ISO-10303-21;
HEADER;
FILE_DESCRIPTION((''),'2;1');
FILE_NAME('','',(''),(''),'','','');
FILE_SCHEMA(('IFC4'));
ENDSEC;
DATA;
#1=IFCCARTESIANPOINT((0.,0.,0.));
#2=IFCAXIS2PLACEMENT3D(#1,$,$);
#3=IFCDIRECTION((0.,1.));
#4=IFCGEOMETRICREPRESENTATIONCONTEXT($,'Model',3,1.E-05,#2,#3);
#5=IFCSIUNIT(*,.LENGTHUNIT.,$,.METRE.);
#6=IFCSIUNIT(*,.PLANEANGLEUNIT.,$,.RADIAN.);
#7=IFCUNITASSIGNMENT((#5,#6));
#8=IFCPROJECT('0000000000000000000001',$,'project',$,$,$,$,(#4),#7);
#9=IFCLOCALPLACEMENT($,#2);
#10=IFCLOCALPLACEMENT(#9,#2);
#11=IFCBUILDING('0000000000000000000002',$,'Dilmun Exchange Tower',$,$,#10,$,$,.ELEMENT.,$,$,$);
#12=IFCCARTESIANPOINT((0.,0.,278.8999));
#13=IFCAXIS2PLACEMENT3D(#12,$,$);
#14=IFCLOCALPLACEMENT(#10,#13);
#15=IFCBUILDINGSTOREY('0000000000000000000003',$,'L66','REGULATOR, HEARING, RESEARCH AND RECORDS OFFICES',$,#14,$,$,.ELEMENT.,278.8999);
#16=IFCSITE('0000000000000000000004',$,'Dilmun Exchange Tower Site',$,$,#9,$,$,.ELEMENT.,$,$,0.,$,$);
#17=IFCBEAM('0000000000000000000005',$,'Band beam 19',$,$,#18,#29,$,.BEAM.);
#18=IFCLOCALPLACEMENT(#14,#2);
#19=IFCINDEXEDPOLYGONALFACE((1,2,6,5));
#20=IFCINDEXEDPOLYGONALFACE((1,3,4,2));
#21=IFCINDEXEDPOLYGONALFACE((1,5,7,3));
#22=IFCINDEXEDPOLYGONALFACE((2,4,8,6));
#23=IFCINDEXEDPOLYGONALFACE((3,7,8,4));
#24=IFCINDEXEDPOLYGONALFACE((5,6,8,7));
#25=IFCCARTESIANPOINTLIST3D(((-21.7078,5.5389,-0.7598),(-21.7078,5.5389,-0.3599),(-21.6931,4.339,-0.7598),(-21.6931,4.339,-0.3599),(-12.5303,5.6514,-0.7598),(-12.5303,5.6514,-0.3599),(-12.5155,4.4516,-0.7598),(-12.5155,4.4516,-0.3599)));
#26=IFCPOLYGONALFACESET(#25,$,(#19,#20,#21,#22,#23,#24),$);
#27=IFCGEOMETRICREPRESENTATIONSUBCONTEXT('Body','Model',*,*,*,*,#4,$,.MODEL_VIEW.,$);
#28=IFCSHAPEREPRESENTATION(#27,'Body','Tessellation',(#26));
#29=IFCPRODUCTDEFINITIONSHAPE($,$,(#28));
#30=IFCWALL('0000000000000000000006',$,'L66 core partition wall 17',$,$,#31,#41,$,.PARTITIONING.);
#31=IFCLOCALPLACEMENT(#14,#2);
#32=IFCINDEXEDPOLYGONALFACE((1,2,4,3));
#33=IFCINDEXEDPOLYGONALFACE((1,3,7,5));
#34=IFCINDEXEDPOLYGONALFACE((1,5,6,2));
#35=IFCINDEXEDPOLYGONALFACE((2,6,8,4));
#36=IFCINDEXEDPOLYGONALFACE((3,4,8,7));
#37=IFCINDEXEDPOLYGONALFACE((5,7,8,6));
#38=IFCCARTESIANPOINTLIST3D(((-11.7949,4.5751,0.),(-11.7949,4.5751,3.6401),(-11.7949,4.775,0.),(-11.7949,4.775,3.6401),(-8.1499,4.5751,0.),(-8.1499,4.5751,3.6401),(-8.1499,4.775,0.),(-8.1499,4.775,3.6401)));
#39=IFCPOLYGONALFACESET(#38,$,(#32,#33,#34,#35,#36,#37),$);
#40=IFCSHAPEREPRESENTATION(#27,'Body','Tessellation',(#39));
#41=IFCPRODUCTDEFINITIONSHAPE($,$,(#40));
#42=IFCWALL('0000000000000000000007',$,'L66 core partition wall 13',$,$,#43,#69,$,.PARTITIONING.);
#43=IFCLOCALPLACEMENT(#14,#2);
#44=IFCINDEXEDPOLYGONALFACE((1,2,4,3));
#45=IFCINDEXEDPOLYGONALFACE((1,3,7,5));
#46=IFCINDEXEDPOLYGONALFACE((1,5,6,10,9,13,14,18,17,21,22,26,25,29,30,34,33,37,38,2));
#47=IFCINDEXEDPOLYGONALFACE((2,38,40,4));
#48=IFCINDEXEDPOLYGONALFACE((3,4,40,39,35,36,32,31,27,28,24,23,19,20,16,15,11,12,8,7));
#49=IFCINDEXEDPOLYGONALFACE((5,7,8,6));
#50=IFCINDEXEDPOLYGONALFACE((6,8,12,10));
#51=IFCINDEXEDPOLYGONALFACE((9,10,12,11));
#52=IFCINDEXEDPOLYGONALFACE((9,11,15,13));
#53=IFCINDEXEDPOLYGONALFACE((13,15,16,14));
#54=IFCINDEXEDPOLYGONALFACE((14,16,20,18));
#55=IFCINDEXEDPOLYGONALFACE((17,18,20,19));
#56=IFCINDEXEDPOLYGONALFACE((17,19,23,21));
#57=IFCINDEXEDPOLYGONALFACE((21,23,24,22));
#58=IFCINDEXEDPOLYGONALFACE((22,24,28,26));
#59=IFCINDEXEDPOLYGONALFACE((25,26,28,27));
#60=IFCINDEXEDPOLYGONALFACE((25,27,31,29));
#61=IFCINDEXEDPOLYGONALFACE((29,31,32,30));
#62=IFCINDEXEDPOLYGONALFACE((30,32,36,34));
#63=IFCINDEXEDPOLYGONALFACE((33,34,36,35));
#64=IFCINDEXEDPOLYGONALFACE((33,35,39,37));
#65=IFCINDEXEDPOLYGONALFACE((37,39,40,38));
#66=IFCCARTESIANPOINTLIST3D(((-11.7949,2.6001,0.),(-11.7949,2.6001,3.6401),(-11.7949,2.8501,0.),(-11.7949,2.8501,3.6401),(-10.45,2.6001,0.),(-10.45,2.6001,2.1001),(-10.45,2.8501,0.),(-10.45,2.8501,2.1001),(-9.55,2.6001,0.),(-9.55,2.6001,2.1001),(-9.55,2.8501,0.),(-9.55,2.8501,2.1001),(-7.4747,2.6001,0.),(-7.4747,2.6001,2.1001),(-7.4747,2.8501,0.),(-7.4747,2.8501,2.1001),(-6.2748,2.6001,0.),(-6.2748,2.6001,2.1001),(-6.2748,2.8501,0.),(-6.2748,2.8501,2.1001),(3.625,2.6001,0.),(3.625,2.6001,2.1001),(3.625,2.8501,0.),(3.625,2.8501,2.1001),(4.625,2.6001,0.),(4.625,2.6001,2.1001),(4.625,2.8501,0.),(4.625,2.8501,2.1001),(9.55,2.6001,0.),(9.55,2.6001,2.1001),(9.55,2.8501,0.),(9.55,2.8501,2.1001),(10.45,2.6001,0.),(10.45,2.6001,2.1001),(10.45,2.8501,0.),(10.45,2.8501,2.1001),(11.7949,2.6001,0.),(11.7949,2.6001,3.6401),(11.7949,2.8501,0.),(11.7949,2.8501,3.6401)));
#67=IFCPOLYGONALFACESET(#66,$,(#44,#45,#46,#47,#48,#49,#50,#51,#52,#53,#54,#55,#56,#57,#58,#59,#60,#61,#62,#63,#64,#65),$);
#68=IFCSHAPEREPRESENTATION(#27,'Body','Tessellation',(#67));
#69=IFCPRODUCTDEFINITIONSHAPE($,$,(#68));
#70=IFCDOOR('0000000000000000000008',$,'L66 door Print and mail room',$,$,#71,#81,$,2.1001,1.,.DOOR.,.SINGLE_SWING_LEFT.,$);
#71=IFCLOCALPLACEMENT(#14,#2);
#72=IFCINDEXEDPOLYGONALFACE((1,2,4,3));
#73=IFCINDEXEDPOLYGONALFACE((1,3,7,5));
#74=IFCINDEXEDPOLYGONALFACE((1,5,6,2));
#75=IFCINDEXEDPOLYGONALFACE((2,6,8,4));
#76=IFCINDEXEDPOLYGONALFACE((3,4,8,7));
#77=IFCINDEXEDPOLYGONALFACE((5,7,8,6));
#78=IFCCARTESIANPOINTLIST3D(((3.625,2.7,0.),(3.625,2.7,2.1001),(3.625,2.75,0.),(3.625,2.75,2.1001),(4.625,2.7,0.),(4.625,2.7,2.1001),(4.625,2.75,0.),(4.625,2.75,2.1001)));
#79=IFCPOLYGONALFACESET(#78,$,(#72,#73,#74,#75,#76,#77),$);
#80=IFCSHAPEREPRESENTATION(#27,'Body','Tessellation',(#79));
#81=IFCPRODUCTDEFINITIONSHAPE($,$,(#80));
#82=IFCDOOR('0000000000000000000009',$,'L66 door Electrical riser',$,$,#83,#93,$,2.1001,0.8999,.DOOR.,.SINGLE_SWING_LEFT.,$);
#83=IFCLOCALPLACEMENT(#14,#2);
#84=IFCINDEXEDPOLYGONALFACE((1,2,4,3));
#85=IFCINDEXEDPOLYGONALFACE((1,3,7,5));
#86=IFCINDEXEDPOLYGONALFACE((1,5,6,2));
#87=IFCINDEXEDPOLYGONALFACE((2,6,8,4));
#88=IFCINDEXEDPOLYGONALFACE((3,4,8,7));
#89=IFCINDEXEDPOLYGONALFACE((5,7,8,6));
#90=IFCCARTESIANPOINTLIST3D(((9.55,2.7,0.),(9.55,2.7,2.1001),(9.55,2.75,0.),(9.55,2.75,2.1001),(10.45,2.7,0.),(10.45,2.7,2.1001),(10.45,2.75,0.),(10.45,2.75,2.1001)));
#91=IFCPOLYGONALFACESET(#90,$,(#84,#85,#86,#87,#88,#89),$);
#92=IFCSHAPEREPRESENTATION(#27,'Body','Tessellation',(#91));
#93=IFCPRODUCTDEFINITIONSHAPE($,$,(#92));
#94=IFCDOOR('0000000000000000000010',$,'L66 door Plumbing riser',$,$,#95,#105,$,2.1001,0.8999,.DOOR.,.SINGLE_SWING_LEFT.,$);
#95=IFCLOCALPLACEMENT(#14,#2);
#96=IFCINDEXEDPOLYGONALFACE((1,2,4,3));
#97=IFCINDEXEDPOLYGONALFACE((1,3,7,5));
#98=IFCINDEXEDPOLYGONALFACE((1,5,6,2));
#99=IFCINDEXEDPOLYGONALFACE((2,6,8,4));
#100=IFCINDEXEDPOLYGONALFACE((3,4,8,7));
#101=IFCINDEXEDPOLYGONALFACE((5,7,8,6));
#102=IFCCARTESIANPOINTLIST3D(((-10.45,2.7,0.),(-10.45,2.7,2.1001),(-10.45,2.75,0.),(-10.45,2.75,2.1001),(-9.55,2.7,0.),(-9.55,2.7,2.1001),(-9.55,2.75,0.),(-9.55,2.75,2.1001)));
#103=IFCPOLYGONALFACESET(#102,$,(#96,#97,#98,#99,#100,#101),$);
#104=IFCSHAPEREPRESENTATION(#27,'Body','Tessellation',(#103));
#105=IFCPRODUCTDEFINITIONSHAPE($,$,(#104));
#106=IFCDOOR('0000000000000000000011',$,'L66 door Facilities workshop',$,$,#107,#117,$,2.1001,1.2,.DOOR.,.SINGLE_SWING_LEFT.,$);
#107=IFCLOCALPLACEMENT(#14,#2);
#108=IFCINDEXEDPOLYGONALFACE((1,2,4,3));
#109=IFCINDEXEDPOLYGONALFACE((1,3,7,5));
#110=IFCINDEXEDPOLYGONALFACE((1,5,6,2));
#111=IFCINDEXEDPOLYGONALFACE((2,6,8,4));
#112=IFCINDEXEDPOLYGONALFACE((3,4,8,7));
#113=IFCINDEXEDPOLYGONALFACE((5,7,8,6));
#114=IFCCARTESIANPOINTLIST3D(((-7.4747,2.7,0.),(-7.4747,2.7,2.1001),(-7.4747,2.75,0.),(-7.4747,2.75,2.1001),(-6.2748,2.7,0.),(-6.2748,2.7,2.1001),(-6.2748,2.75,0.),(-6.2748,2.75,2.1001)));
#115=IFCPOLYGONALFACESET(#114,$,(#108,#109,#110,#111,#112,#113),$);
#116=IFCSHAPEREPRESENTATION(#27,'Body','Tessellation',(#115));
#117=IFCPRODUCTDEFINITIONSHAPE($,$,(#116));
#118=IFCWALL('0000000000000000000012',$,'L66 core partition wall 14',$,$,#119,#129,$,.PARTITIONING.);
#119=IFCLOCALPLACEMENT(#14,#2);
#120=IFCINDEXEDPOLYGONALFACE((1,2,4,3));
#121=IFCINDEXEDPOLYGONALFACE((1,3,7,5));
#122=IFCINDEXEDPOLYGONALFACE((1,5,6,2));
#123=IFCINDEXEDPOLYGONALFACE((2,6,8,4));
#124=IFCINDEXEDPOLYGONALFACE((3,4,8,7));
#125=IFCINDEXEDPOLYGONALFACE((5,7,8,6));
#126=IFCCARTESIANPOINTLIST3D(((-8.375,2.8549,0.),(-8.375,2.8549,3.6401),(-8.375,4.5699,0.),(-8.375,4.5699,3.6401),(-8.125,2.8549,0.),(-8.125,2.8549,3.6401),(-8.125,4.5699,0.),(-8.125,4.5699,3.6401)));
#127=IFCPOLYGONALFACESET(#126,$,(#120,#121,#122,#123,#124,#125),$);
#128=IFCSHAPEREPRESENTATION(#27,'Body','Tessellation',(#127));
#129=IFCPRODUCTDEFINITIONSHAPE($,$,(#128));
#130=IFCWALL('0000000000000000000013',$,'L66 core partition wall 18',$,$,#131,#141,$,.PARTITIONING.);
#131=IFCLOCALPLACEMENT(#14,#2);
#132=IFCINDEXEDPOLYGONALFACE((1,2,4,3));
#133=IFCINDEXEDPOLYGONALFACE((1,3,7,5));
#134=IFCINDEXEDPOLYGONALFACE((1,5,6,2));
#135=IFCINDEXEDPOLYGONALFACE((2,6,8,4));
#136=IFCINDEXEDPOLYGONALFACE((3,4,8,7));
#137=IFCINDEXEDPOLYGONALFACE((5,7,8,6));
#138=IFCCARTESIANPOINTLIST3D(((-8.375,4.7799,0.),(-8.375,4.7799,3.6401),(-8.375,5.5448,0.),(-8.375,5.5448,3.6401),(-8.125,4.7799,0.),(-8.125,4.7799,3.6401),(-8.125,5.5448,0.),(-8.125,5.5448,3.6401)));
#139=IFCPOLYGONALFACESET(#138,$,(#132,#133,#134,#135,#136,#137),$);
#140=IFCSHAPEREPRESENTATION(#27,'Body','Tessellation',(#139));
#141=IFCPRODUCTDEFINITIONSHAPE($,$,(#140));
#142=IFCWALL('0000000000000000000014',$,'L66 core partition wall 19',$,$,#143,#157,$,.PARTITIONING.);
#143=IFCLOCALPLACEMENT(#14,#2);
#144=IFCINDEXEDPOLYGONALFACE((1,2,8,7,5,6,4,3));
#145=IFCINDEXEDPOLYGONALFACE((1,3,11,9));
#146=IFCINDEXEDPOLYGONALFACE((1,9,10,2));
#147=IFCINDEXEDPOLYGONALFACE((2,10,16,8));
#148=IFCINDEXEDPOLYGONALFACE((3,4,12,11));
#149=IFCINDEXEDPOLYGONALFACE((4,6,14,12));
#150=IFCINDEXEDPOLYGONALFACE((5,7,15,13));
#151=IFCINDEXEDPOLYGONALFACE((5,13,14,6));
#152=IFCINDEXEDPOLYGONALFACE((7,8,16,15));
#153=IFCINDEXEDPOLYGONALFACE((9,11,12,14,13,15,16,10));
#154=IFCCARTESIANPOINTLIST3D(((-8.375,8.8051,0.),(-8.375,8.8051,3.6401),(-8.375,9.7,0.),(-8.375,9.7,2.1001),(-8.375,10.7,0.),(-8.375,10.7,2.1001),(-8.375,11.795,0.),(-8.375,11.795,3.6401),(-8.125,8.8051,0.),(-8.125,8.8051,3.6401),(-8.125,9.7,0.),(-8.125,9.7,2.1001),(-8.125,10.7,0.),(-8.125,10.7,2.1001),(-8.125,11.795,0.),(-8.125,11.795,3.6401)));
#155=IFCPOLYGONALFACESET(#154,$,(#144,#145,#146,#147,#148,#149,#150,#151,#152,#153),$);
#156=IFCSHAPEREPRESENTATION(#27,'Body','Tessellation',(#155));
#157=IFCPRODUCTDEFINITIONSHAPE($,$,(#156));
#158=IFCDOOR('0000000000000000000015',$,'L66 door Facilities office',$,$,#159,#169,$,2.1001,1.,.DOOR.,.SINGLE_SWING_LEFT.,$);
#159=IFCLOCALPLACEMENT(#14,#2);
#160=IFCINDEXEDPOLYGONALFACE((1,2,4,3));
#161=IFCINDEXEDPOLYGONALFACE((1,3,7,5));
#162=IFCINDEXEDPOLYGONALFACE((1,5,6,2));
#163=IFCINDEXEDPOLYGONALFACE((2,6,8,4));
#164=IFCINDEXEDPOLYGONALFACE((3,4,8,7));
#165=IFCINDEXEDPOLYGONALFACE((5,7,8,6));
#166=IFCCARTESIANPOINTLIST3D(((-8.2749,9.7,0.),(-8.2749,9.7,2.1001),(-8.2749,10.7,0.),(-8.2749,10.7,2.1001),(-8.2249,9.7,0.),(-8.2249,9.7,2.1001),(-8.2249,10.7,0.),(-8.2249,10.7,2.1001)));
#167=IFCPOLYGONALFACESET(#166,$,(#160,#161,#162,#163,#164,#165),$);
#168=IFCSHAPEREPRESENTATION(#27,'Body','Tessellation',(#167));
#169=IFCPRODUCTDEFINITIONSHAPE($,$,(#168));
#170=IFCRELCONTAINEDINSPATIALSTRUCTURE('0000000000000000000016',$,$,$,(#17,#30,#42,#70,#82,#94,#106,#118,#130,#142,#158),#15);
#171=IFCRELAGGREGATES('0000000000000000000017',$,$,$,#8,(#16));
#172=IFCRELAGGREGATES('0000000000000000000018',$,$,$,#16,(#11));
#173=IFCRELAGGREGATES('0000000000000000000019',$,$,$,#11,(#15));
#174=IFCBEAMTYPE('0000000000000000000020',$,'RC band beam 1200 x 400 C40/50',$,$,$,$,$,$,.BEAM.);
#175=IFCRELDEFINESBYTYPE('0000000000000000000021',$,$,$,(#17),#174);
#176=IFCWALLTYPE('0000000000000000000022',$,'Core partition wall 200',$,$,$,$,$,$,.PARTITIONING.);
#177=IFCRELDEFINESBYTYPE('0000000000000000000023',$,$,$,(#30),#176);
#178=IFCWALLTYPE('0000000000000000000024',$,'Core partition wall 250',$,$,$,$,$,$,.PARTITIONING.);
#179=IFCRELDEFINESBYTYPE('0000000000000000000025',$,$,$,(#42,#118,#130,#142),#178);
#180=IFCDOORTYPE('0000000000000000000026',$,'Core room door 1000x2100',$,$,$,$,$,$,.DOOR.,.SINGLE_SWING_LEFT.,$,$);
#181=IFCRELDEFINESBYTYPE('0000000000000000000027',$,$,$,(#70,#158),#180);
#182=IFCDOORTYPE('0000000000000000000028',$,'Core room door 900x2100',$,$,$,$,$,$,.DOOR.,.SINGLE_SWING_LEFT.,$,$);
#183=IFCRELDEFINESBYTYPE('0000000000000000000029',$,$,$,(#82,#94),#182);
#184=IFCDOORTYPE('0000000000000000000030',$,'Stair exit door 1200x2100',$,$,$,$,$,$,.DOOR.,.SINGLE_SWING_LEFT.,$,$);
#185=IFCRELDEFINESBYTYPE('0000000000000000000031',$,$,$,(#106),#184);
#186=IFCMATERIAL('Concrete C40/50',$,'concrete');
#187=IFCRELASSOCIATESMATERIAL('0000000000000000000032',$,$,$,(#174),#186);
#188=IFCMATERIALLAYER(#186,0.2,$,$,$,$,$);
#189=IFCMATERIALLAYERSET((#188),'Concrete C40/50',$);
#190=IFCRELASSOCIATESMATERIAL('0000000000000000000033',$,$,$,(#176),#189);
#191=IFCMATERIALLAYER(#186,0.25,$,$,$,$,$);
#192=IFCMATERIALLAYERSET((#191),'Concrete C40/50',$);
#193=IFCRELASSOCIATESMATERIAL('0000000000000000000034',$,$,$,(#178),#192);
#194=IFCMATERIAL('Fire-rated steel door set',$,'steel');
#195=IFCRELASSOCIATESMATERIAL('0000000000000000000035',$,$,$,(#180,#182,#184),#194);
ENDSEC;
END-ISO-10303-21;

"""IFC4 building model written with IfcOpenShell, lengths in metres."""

from ifc_helpers import new_model, si_unit, direction, frame, frame_2d, origin, origin_2d, place, context, subcontext, project, spatial, rectangle, extrude, material, layer, layer_set, material_profile, profile_set, type_object, element, fill, save


model = new_model("IFC4")

# Units and contexts
model_context = context("Model", 3, precision=1e-05, world=origin(), true_north=direction((0.0, 1.0)))
body_context = subcontext(model_context, "Body", "Model", "MODEL_VIEW")
ifc_project = project(units=[si_unit("LENGTHUNIT", "METRE"), si_unit("PLANEANGLEUNIT", "RADIAN")], contexts=[model_context])

# Site, building, storey
site_placement = place(None, origin())
site = spatial("IfcSite", under=ifc_project, at=site_placement, Name="Dilmun Exchange Tower Site", CompositionType="ELEMENT", RefElevation=0.0)
building_placement = place(site_placement, origin())
building = spatial("IfcBuilding", under=site, at=building_placement, Name="Dilmun Exchange Tower", CompositionType="ELEMENT")
storey_placement = place(building_placement, frame((0.0, 0.0, 278.8999)))
storey = spatial("IfcBuildingStorey", under=building, at=storey_placement, Name="L66", Description="REGULATOR, HEARING, RESEARCH AND RECORDS OFFICES", CompositionType="ELEMENT", Elevation=278.8999)

# Beam
ifc_material_1 = material(Name="Concrete C40/50", Category="concrete")
ifc_material_profile = material_profile(ifc_material_1, rectangle(XDim=1.2, YDim=0.3999, at=origin_2d()), Name="1200 x 400")
ifc_profile_set = profile_set([ifc_material_profile], Name="Concrete C40/50")
beam_type = type_object("IfcBeamType", Name="RC band beam 1200 x 400 C40/50", PredefinedType="BEAM", material=ifc_profile_set)
beam_placement = place(storey_placement, frame((-21.7004, 4.939, -0.5598), z_axis=(0.999925, 0.012263, 0.0), x_axis=(-0.012263, 0.999925, 0.0)))
element("IfcBeam", 1, at=beam_placement, inside=storey, type_object=beam_type, Name="Band beam 19", PredefinedType="BEAM", context=body_context, shape_type="SweptSolid", body=[
    extrude(rectangle(XDim=1.2, YDim=0.3999, at=origin_2d()), origin(), (0.0, 0.0, 1.0), 9.1782),
])

# Wall
ifc_layer_1 = layer(ifc_material_1, 0.2)
ifc_layer_set_1 = layer_set([ifc_layer_1], Name="Concrete C40/50")
wall_type_1 = type_object("IfcWallType", Name="Core partition wall 200", PredefinedType="PARTITIONING", material=ifc_layer_set_1)
wall_1_placement = place(storey_placement, frame((-11.7949, 4.675, 0.0), z_axis=(0.0, 0.0, 1.0), x_axis=(1.0, 0.0, 0.0)))
element("IfcWall", 2, at=wall_1_placement, inside=storey, type_object=wall_type_1, Name="L66 core partition wall 17", PredefinedType="PARTITIONING", context=body_context, shape_type="SweptSolid", body=[
    extrude(rectangle(XDim=3.645, YDim=0.2, at=frame_2d((1.8225, 0.0))), origin(), (0.0, 0.0, 1.0), 3.6401),
])

# Wall, openings, doors
ifc_layer_2 = layer(ifc_material_1, 0.25)
ifc_layer_set_2 = layer_set([ifc_layer_2], Name="Concrete C40/50")
wall_type_2 = type_object("IfcWallType", Name="Core partition wall 250", PredefinedType="PARTITIONING", material=ifc_layer_set_2)
wall_2_placement = place(storey_placement, frame((-11.7949, 2.7251, 0.0), z_axis=(0.0, 0.0, 1.0), x_axis=(1.0, 0.0, 0.0)))
wall_2 = element("IfcWall", 3, at=wall_2_placement, inside=storey, type_object=wall_type_2, Name="L66 core partition wall 13", PredefinedType="PARTITIONING", context=body_context, shape_type="SweptSolid", body=[
    extrude(rectangle(XDim=23.5898, YDim=0.25, at=frame_2d((11.7949, 0.0))), origin(), (0.0, 0.0, 1.0), 3.6401),
])
opening_1_placement = place(wall_2_placement, frame((21.345, 0.0, 0.0)))
opening_1 = element("IfcOpeningElement", 4, at=opening_1_placement, cuts=wall_2, PredefinedType="OPENING", context=body_context, shape_type="SweptSolid", body=[
    extrude(rectangle(XDim=0.8999, YDim=2.1001, at=frame_2d((0.45, 1.05))), frame((0.0, 0.135, 0.0), z_axis=(0.0, -1.0, 0.0), x_axis=(1.0, 0.0, 0.0)), (0.0, 0.0, 1.0), 0.27),
])
opening_2_placement = place(wall_2_placement, frame((1.345, 0.0, 0.0)))
opening_2 = element("IfcOpeningElement", 5, at=opening_2_placement, cuts=wall_2, PredefinedType="OPENING", context=body_context, shape_type="SweptSolid", body=[
    extrude(rectangle(XDim=0.8999, YDim=2.1001, at=frame_2d((0.45, 1.05))), frame((0.0, 0.135, 0.0), z_axis=(0.0, -1.0, 0.0), x_axis=(1.0, 0.0, 0.0)), (0.0, 0.0, 1.0), 0.27),
])
opening_3_placement = place(wall_2_placement, frame((4.3201, 0.0, 0.0)))
opening_3 = element("IfcOpeningElement", 6, at=opening_3_placement, cuts=wall_2, PredefinedType="OPENING", context=body_context, shape_type="SweptSolid", body=[
    extrude(rectangle(XDim=1.2, YDim=2.1001, at=frame_2d((0.6001, 1.05))), frame((0.0, 0.135, 0.0), z_axis=(0.0, -1.0, 0.0), x_axis=(1.0, 0.0, 0.0)), (0.0, 0.0, 1.0), 0.27),
])
opening_4_placement = place(wall_2_placement, frame((15.4199, 0.0, 0.0)))
opening_4 = element("IfcOpeningElement", 7, at=opening_4_placement, cuts=wall_2, PredefinedType="OPENING", context=body_context, shape_type="SweptSolid", body=[
    extrude(rectangle(XDim=1.0, YDim=2.1001, at=frame_2d((0.5, 1.05))), frame((0.0, 0.135, 0.0), z_axis=(0.0, -1.0, 0.0), x_axis=(1.0, 0.0, 0.0)), (0.0, 0.0, 1.0), 0.27),
])
ifc_material_2 = material(Name="Fire-rated steel door set", Category="steel")
door_type_1 = type_object("IfcDoorType", Name="Core room door 1000x2100", OperationType="SINGLE_SWING_LEFT", PredefinedType="DOOR", material=ifc_material_2)
door_1_placement = place(opening_4_placement, origin())
door_1 = element("IfcDoor", 8, at=door_1_placement, inside=storey, type_object=door_type_1, Name="L66 door Print and mail room", OperationType="SINGLE_SWING_LEFT", OverallHeight=2.1001, OverallWidth=1.0, PredefinedType="DOOR", context=body_context, shape_type="SweptSolid", body=[
    extrude(rectangle(XDim=1.0, YDim=2.1001, at=frame_2d((0.5, 1.05))), frame((0.0, 0.0249, 0.0), z_axis=(0.0, -1.0, 0.0), x_axis=(1.0, 0.0, 0.0)), (0.0, 0.0, 1.0), 0.05),
])
fill(opening_4, door_1)
door_type_2 = type_object("IfcDoorType", Name="Core room door 900x2100", OperationType="SINGLE_SWING_LEFT", PredefinedType="DOOR", material=ifc_material_2)
door_2_placement = place(opening_1_placement, origin())
door_2 = element("IfcDoor", 9, at=door_2_placement, inside=storey, type_object=door_type_2, Name="L66 door Electrical riser", OperationType="SINGLE_SWING_LEFT", OverallHeight=2.1001, OverallWidth=0.8999, PredefinedType="DOOR", context=body_context, shape_type="SweptSolid", body=[
    extrude(rectangle(XDim=0.8999, YDim=2.1001, at=frame_2d((0.45, 1.05))), frame((0.0, 0.0249, 0.0), z_axis=(0.0, -1.0, 0.0), x_axis=(1.0, 0.0, 0.0)), (0.0, 0.0, 1.0), 0.05),
])
fill(opening_1, door_2)
door_3_placement = place(opening_2_placement, origin())
door_3 = element("IfcDoor", 10, at=door_3_placement, inside=storey, type_object=door_type_2, Name="L66 door Plumbing riser", OperationType="SINGLE_SWING_LEFT", OverallHeight=2.1001, OverallWidth=0.8999, PredefinedType="DOOR", context=body_context, shape_type="SweptSolid", body=[
    extrude(rectangle(XDim=0.8999, YDim=2.1001, at=frame_2d((0.45, 1.05))), frame((0.0, 0.0249, 0.0), z_axis=(0.0, -1.0, 0.0), x_axis=(1.0, 0.0, 0.0)), (0.0, 0.0, 1.0), 0.05),
])
fill(opening_2, door_3)
door_type_3 = type_object("IfcDoorType", Name="Stair exit door 1200x2100", OperationType="SINGLE_SWING_LEFT", PredefinedType="DOOR", material=ifc_material_2)
door_4_placement = place(opening_3_placement, origin())
door_4 = element("IfcDoor", 11, at=door_4_placement, inside=storey, type_object=door_type_3, Name="L66 door Facilities workshop", OperationType="SINGLE_SWING_LEFT", OverallHeight=2.1001, OverallWidth=1.2, PredefinedType="DOOR", context=body_context, shape_type="SweptSolid", body=[
    extrude(rectangle(XDim=1.2, YDim=2.1001, at=frame_2d((0.6001, 1.05))), frame((0.0, 0.0249, 0.0), z_axis=(0.0, -1.0, 0.0), x_axis=(1.0, 0.0, 0.0)), (0.0, 0.0, 1.0), 0.05),
])
fill(opening_3, door_4)

# Walls
wall_3_placement = place(storey_placement, frame((-8.25, 2.855, 0.0), z_axis=(0.0, 0.0, 1.0), x_axis=(0.0, 1.0, 0.0)))
element("IfcWall", 12, at=wall_3_placement, inside=storey, type_object=wall_type_2, Name="L66 core partition wall 14", PredefinedType="PARTITIONING", context=body_context, shape_type="SweptSolid", body=[
    extrude(rectangle(XDim=1.7151, YDim=0.25, at=frame_2d((0.8574, 0.0))), origin(), (0.0, 0.0, 1.0), 3.6401),
])
wall_4_placement = place(storey_placement, frame((-8.25, 4.78, 0.0), z_axis=(0.0, 0.0, 1.0), x_axis=(0.0, 1.0, 0.0)))
element("IfcWall", 13, at=wall_4_placement, inside=storey, type_object=wall_type_2, Name="L66 core partition wall 18", PredefinedType="PARTITIONING", context=body_context, shape_type="SweptSolid", body=[
    extrude(rectangle(XDim=0.7649, YDim=0.25, at=frame_2d((0.3823, 0.0))), origin(), (0.0, 0.0, 1.0), 3.6401),
])

# Wall, opening, door
wall_5_placement = place(storey_placement, frame((-8.25, 8.8049, 0.0), z_axis=(0.0, 0.0, 1.0), x_axis=(0.0, 1.0, 0.0)))
wall_5 = element("IfcWall", 14, at=wall_5_placement, inside=storey, type_object=wall_type_2, Name="L66 core partition wall 19", PredefinedType="PARTITIONING", context=body_context, shape_type="SweptSolid", body=[
    extrude(rectangle(XDim=2.99, YDim=0.25, at=frame_2d((1.4951, 0.0))), origin(), (0.0, 0.0, 1.0), 3.6401),
])
opening_5_placement = place(wall_5_placement, frame((0.895, 0.0, 0.0)))
opening_5 = element("IfcOpeningElement", 15, at=opening_5_placement, cuts=wall_5, PredefinedType="OPENING", context=body_context, shape_type="SweptSolid", body=[
    extrude(rectangle(XDim=1.0, YDim=2.1001, at=frame_2d((0.5, 1.05))), frame((0.0, 0.135, 0.0), z_axis=(0.0, -1.0, 0.0), x_axis=(1.0, 0.0, 0.0)), (0.0, 0.0, 1.0), 0.27),
])
door_5_placement = place(opening_5_placement, origin())
door_5 = element("IfcDoor", 16, at=door_5_placement, inside=storey, type_object=door_type_1, Name="L66 door Facilities office", OperationType="SINGLE_SWING_LEFT", OverallHeight=2.1001, OverallWidth=1.0, PredefinedType="DOOR", context=body_context, shape_type="SweptSolid", body=[
    extrude(rectangle(XDim=1.0, YDim=2.1001, at=frame_2d((0.5, 1.05))), frame((0.0, 0.0249, 0.0), z_axis=(0.0, -1.0, 0.0), x_axis=(1.0, 0.0, 0.0)), (0.0, 0.0, 1.0), 0.05),
])
fill(opening_5, door_5)

save(model, "model.ifc")
